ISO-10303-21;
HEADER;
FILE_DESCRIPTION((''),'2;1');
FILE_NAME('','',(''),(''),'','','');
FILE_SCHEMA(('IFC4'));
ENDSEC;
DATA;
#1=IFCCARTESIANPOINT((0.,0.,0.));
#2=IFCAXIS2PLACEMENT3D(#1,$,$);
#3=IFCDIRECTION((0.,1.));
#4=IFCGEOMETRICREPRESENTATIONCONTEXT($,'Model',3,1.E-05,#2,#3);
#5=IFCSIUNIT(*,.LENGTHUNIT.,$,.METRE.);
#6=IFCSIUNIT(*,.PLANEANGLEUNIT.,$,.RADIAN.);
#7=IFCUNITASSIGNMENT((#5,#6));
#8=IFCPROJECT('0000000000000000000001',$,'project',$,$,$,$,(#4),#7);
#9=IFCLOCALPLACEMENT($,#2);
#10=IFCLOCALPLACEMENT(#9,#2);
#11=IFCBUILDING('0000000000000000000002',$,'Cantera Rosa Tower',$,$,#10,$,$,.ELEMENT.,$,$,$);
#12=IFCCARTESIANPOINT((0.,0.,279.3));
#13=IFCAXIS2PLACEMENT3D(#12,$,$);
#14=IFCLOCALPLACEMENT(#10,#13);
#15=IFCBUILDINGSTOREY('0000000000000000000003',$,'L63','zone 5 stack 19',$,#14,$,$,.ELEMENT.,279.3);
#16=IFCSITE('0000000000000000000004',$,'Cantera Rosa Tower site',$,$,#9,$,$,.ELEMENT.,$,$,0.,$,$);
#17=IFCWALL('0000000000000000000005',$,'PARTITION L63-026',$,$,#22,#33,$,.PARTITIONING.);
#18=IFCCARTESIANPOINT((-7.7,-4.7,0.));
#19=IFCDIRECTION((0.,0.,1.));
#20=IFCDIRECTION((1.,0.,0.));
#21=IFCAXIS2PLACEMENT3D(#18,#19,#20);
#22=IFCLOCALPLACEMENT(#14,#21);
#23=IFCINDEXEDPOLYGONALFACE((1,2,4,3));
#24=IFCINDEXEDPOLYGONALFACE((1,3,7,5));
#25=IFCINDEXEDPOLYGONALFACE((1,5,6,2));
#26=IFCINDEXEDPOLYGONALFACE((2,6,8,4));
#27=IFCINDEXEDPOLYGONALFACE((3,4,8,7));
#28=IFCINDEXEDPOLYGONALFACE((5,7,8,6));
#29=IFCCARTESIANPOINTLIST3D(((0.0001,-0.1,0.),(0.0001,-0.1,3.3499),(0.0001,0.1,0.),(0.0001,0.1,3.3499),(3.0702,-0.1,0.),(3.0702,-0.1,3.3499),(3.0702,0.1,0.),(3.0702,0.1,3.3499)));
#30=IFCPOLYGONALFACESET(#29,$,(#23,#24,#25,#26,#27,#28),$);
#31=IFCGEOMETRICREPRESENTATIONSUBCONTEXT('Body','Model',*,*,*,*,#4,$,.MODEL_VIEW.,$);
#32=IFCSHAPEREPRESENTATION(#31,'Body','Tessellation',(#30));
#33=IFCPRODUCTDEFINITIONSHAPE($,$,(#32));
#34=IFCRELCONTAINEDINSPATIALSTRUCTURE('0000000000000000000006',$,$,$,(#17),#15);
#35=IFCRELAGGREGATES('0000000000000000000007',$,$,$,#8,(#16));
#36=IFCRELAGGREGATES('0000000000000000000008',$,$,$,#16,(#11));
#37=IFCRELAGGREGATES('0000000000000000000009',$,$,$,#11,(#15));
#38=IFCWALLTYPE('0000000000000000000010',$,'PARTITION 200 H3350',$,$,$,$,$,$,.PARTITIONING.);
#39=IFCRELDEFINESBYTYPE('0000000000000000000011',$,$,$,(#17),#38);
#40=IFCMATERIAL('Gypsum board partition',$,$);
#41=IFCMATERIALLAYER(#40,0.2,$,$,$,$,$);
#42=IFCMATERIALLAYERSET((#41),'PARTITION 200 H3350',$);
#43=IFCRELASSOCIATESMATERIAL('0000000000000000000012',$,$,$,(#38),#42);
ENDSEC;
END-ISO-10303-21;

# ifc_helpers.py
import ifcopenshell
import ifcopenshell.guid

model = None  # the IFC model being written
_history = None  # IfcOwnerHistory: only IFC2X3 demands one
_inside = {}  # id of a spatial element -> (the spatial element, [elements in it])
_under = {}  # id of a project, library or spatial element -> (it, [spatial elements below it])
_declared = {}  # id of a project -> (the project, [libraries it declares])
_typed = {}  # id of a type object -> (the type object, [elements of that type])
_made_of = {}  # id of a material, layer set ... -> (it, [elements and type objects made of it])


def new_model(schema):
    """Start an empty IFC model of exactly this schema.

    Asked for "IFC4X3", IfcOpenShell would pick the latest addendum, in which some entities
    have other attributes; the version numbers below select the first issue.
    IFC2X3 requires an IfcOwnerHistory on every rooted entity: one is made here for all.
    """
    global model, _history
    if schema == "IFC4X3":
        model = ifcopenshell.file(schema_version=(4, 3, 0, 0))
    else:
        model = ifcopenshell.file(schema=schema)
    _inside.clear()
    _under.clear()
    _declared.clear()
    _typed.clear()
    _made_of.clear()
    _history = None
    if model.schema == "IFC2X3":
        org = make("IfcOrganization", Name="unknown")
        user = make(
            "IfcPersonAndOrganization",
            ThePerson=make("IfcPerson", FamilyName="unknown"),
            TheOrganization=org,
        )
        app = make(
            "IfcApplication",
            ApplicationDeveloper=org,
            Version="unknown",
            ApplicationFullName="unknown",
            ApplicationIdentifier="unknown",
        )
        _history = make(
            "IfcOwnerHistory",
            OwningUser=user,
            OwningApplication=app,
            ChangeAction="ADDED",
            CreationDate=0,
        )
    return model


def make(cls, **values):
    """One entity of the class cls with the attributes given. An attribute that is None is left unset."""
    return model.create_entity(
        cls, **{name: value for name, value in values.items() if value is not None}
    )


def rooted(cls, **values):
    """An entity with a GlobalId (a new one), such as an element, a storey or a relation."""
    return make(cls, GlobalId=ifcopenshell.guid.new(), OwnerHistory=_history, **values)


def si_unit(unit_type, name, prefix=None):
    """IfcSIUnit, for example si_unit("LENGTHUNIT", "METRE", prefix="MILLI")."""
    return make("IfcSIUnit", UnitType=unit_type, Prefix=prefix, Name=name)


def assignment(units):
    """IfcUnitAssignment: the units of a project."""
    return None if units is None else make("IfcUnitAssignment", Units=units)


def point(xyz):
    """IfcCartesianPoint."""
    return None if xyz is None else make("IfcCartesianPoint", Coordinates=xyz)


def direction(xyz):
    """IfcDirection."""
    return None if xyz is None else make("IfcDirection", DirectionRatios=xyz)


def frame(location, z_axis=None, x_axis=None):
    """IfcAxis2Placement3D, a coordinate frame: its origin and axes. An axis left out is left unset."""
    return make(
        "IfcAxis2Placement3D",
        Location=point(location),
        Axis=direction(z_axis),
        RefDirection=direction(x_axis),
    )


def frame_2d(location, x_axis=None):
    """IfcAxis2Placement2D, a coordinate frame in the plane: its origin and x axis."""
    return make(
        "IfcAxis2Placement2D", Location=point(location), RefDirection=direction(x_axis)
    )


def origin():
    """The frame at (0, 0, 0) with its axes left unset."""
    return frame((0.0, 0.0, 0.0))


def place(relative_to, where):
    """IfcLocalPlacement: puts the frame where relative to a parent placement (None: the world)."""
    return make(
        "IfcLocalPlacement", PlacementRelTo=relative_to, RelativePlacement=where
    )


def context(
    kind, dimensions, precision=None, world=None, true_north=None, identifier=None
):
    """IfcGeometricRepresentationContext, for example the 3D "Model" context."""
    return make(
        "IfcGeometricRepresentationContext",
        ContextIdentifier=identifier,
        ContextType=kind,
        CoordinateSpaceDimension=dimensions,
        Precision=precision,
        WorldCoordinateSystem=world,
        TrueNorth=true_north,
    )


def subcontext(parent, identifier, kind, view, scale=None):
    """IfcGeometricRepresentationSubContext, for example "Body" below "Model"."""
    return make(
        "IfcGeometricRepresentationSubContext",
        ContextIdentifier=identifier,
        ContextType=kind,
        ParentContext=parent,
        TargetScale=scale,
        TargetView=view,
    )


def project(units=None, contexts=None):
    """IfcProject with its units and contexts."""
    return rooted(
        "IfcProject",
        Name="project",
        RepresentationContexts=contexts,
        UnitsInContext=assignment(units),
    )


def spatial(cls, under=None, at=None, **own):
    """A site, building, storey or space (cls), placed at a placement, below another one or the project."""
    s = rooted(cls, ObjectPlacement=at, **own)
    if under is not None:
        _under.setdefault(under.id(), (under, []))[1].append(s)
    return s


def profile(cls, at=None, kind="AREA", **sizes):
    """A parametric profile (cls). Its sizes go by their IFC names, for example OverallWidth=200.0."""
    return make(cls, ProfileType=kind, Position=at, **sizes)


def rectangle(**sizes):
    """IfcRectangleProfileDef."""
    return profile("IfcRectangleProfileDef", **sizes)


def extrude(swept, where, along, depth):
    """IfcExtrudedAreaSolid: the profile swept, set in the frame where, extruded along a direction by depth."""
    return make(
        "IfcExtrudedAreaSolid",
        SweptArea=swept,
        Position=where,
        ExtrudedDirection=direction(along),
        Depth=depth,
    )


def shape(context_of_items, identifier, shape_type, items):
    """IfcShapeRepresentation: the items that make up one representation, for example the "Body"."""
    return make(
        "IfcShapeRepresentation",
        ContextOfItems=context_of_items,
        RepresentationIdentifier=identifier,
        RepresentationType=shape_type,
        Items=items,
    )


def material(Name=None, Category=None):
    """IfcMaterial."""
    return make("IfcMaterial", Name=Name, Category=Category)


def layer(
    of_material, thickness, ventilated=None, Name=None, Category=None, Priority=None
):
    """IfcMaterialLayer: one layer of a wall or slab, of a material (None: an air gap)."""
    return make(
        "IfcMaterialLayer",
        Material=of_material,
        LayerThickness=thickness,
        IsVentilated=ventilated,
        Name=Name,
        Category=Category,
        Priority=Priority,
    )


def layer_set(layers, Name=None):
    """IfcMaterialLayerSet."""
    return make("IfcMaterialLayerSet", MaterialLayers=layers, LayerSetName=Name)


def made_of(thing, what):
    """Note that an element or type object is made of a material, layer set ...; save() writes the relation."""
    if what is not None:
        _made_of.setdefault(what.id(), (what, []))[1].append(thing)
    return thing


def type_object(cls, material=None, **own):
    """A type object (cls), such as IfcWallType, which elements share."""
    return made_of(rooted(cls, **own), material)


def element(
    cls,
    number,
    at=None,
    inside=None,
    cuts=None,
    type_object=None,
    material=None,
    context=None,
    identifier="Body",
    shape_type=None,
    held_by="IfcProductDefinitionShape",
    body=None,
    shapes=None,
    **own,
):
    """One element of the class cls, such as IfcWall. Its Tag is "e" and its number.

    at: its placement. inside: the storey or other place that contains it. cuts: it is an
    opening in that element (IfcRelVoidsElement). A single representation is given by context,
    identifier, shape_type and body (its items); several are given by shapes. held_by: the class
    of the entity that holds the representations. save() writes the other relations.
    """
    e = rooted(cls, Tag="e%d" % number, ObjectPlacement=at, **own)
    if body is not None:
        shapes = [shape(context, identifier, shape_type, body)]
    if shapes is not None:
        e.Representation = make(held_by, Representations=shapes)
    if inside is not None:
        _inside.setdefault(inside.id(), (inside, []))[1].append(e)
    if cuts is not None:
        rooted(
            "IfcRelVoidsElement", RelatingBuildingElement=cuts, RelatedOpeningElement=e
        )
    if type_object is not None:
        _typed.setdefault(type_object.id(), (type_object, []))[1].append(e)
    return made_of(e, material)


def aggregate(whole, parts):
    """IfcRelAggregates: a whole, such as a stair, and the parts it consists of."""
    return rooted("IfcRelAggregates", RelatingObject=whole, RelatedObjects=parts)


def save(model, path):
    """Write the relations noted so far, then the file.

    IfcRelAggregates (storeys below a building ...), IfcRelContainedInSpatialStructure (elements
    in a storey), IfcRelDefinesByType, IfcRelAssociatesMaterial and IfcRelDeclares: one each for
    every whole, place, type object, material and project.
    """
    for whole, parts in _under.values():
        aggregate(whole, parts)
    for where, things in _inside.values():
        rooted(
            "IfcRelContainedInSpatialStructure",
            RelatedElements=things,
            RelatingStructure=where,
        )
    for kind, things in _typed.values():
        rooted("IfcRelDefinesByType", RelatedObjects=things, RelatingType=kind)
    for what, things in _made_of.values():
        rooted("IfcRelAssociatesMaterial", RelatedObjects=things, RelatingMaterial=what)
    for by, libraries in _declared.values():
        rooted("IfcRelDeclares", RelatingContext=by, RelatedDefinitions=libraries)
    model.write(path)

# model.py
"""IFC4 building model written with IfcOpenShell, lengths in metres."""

from ifc_helpers import new_model, si_unit, direction, frame, frame_2d, origin, place, context, subcontext, project, spatial, rectangle, extrude, material, layer, layer_set, type_object, element, save


model = new_model("IFC4")

# Units and contexts
model_context = context("Model", 3, precision=1e-05, world=origin(), true_north=direction((0.0, 1.0)))
body_context = subcontext(model_context, "Body", "Model", "MODEL_VIEW")
ifc_project = project(units=[si_unit("LENGTHUNIT", "METRE"), si_unit("PLANEANGLEUNIT", "RADIAN")], contexts=[model_context])

# Site, building, storey
site_placement = place(None, origin())
site = spatial("IfcSite", under=ifc_project, at=site_placement, Name="Cantera Rosa Tower site", CompositionType="ELEMENT", RefElevation=0.0)
building_placement = place(site_placement, origin())
building = spatial("IfcBuilding", under=site, at=building_placement, Name="Cantera Rosa Tower", CompositionType="ELEMENT")
storey_placement = place(building_placement, frame((0.0, 0.0, 279.3)))
storey = spatial("IfcBuildingStorey", under=building, at=storey_placement, Name="L63", Description="zone 5 stack 19", CompositionType="ELEMENT", Elevation=279.3)

# Wall
ifc_material_1 = material(Name="Gypsum board partition")
ifc_layer_1 = layer(ifc_material_1, 0.2)
ifc_layer_set_1 = layer_set([ifc_layer_1], Name="PARTITION 200 H3350")
wall_type_1 = type_object("IfcWallType", Name="PARTITION 200 H3350", PredefinedType="PARTITIONING", material=ifc_layer_set_1)
wall_1_placement = place(storey_placement, frame((-7.7, -4.7, 0.0), z_axis=(0.0, 0.0, 1.0), x_axis=(1.0, 0.0, 0.0)))
element("IfcWall", 1, at=wall_1_placement, inside=storey, type_object=wall_type_1, Name="PARTITION L63-026", PredefinedType="PARTITIONING", context=body_context, shape_type="SweptSolid", body=[
    extrude(rectangle(XDim=3.0701, YDim=0.2, at=frame_2d((1.5352, 0.0))), origin(), (0.0, 0.0, 1.0), 3.3499),
])

save(model, "model.ifc")
